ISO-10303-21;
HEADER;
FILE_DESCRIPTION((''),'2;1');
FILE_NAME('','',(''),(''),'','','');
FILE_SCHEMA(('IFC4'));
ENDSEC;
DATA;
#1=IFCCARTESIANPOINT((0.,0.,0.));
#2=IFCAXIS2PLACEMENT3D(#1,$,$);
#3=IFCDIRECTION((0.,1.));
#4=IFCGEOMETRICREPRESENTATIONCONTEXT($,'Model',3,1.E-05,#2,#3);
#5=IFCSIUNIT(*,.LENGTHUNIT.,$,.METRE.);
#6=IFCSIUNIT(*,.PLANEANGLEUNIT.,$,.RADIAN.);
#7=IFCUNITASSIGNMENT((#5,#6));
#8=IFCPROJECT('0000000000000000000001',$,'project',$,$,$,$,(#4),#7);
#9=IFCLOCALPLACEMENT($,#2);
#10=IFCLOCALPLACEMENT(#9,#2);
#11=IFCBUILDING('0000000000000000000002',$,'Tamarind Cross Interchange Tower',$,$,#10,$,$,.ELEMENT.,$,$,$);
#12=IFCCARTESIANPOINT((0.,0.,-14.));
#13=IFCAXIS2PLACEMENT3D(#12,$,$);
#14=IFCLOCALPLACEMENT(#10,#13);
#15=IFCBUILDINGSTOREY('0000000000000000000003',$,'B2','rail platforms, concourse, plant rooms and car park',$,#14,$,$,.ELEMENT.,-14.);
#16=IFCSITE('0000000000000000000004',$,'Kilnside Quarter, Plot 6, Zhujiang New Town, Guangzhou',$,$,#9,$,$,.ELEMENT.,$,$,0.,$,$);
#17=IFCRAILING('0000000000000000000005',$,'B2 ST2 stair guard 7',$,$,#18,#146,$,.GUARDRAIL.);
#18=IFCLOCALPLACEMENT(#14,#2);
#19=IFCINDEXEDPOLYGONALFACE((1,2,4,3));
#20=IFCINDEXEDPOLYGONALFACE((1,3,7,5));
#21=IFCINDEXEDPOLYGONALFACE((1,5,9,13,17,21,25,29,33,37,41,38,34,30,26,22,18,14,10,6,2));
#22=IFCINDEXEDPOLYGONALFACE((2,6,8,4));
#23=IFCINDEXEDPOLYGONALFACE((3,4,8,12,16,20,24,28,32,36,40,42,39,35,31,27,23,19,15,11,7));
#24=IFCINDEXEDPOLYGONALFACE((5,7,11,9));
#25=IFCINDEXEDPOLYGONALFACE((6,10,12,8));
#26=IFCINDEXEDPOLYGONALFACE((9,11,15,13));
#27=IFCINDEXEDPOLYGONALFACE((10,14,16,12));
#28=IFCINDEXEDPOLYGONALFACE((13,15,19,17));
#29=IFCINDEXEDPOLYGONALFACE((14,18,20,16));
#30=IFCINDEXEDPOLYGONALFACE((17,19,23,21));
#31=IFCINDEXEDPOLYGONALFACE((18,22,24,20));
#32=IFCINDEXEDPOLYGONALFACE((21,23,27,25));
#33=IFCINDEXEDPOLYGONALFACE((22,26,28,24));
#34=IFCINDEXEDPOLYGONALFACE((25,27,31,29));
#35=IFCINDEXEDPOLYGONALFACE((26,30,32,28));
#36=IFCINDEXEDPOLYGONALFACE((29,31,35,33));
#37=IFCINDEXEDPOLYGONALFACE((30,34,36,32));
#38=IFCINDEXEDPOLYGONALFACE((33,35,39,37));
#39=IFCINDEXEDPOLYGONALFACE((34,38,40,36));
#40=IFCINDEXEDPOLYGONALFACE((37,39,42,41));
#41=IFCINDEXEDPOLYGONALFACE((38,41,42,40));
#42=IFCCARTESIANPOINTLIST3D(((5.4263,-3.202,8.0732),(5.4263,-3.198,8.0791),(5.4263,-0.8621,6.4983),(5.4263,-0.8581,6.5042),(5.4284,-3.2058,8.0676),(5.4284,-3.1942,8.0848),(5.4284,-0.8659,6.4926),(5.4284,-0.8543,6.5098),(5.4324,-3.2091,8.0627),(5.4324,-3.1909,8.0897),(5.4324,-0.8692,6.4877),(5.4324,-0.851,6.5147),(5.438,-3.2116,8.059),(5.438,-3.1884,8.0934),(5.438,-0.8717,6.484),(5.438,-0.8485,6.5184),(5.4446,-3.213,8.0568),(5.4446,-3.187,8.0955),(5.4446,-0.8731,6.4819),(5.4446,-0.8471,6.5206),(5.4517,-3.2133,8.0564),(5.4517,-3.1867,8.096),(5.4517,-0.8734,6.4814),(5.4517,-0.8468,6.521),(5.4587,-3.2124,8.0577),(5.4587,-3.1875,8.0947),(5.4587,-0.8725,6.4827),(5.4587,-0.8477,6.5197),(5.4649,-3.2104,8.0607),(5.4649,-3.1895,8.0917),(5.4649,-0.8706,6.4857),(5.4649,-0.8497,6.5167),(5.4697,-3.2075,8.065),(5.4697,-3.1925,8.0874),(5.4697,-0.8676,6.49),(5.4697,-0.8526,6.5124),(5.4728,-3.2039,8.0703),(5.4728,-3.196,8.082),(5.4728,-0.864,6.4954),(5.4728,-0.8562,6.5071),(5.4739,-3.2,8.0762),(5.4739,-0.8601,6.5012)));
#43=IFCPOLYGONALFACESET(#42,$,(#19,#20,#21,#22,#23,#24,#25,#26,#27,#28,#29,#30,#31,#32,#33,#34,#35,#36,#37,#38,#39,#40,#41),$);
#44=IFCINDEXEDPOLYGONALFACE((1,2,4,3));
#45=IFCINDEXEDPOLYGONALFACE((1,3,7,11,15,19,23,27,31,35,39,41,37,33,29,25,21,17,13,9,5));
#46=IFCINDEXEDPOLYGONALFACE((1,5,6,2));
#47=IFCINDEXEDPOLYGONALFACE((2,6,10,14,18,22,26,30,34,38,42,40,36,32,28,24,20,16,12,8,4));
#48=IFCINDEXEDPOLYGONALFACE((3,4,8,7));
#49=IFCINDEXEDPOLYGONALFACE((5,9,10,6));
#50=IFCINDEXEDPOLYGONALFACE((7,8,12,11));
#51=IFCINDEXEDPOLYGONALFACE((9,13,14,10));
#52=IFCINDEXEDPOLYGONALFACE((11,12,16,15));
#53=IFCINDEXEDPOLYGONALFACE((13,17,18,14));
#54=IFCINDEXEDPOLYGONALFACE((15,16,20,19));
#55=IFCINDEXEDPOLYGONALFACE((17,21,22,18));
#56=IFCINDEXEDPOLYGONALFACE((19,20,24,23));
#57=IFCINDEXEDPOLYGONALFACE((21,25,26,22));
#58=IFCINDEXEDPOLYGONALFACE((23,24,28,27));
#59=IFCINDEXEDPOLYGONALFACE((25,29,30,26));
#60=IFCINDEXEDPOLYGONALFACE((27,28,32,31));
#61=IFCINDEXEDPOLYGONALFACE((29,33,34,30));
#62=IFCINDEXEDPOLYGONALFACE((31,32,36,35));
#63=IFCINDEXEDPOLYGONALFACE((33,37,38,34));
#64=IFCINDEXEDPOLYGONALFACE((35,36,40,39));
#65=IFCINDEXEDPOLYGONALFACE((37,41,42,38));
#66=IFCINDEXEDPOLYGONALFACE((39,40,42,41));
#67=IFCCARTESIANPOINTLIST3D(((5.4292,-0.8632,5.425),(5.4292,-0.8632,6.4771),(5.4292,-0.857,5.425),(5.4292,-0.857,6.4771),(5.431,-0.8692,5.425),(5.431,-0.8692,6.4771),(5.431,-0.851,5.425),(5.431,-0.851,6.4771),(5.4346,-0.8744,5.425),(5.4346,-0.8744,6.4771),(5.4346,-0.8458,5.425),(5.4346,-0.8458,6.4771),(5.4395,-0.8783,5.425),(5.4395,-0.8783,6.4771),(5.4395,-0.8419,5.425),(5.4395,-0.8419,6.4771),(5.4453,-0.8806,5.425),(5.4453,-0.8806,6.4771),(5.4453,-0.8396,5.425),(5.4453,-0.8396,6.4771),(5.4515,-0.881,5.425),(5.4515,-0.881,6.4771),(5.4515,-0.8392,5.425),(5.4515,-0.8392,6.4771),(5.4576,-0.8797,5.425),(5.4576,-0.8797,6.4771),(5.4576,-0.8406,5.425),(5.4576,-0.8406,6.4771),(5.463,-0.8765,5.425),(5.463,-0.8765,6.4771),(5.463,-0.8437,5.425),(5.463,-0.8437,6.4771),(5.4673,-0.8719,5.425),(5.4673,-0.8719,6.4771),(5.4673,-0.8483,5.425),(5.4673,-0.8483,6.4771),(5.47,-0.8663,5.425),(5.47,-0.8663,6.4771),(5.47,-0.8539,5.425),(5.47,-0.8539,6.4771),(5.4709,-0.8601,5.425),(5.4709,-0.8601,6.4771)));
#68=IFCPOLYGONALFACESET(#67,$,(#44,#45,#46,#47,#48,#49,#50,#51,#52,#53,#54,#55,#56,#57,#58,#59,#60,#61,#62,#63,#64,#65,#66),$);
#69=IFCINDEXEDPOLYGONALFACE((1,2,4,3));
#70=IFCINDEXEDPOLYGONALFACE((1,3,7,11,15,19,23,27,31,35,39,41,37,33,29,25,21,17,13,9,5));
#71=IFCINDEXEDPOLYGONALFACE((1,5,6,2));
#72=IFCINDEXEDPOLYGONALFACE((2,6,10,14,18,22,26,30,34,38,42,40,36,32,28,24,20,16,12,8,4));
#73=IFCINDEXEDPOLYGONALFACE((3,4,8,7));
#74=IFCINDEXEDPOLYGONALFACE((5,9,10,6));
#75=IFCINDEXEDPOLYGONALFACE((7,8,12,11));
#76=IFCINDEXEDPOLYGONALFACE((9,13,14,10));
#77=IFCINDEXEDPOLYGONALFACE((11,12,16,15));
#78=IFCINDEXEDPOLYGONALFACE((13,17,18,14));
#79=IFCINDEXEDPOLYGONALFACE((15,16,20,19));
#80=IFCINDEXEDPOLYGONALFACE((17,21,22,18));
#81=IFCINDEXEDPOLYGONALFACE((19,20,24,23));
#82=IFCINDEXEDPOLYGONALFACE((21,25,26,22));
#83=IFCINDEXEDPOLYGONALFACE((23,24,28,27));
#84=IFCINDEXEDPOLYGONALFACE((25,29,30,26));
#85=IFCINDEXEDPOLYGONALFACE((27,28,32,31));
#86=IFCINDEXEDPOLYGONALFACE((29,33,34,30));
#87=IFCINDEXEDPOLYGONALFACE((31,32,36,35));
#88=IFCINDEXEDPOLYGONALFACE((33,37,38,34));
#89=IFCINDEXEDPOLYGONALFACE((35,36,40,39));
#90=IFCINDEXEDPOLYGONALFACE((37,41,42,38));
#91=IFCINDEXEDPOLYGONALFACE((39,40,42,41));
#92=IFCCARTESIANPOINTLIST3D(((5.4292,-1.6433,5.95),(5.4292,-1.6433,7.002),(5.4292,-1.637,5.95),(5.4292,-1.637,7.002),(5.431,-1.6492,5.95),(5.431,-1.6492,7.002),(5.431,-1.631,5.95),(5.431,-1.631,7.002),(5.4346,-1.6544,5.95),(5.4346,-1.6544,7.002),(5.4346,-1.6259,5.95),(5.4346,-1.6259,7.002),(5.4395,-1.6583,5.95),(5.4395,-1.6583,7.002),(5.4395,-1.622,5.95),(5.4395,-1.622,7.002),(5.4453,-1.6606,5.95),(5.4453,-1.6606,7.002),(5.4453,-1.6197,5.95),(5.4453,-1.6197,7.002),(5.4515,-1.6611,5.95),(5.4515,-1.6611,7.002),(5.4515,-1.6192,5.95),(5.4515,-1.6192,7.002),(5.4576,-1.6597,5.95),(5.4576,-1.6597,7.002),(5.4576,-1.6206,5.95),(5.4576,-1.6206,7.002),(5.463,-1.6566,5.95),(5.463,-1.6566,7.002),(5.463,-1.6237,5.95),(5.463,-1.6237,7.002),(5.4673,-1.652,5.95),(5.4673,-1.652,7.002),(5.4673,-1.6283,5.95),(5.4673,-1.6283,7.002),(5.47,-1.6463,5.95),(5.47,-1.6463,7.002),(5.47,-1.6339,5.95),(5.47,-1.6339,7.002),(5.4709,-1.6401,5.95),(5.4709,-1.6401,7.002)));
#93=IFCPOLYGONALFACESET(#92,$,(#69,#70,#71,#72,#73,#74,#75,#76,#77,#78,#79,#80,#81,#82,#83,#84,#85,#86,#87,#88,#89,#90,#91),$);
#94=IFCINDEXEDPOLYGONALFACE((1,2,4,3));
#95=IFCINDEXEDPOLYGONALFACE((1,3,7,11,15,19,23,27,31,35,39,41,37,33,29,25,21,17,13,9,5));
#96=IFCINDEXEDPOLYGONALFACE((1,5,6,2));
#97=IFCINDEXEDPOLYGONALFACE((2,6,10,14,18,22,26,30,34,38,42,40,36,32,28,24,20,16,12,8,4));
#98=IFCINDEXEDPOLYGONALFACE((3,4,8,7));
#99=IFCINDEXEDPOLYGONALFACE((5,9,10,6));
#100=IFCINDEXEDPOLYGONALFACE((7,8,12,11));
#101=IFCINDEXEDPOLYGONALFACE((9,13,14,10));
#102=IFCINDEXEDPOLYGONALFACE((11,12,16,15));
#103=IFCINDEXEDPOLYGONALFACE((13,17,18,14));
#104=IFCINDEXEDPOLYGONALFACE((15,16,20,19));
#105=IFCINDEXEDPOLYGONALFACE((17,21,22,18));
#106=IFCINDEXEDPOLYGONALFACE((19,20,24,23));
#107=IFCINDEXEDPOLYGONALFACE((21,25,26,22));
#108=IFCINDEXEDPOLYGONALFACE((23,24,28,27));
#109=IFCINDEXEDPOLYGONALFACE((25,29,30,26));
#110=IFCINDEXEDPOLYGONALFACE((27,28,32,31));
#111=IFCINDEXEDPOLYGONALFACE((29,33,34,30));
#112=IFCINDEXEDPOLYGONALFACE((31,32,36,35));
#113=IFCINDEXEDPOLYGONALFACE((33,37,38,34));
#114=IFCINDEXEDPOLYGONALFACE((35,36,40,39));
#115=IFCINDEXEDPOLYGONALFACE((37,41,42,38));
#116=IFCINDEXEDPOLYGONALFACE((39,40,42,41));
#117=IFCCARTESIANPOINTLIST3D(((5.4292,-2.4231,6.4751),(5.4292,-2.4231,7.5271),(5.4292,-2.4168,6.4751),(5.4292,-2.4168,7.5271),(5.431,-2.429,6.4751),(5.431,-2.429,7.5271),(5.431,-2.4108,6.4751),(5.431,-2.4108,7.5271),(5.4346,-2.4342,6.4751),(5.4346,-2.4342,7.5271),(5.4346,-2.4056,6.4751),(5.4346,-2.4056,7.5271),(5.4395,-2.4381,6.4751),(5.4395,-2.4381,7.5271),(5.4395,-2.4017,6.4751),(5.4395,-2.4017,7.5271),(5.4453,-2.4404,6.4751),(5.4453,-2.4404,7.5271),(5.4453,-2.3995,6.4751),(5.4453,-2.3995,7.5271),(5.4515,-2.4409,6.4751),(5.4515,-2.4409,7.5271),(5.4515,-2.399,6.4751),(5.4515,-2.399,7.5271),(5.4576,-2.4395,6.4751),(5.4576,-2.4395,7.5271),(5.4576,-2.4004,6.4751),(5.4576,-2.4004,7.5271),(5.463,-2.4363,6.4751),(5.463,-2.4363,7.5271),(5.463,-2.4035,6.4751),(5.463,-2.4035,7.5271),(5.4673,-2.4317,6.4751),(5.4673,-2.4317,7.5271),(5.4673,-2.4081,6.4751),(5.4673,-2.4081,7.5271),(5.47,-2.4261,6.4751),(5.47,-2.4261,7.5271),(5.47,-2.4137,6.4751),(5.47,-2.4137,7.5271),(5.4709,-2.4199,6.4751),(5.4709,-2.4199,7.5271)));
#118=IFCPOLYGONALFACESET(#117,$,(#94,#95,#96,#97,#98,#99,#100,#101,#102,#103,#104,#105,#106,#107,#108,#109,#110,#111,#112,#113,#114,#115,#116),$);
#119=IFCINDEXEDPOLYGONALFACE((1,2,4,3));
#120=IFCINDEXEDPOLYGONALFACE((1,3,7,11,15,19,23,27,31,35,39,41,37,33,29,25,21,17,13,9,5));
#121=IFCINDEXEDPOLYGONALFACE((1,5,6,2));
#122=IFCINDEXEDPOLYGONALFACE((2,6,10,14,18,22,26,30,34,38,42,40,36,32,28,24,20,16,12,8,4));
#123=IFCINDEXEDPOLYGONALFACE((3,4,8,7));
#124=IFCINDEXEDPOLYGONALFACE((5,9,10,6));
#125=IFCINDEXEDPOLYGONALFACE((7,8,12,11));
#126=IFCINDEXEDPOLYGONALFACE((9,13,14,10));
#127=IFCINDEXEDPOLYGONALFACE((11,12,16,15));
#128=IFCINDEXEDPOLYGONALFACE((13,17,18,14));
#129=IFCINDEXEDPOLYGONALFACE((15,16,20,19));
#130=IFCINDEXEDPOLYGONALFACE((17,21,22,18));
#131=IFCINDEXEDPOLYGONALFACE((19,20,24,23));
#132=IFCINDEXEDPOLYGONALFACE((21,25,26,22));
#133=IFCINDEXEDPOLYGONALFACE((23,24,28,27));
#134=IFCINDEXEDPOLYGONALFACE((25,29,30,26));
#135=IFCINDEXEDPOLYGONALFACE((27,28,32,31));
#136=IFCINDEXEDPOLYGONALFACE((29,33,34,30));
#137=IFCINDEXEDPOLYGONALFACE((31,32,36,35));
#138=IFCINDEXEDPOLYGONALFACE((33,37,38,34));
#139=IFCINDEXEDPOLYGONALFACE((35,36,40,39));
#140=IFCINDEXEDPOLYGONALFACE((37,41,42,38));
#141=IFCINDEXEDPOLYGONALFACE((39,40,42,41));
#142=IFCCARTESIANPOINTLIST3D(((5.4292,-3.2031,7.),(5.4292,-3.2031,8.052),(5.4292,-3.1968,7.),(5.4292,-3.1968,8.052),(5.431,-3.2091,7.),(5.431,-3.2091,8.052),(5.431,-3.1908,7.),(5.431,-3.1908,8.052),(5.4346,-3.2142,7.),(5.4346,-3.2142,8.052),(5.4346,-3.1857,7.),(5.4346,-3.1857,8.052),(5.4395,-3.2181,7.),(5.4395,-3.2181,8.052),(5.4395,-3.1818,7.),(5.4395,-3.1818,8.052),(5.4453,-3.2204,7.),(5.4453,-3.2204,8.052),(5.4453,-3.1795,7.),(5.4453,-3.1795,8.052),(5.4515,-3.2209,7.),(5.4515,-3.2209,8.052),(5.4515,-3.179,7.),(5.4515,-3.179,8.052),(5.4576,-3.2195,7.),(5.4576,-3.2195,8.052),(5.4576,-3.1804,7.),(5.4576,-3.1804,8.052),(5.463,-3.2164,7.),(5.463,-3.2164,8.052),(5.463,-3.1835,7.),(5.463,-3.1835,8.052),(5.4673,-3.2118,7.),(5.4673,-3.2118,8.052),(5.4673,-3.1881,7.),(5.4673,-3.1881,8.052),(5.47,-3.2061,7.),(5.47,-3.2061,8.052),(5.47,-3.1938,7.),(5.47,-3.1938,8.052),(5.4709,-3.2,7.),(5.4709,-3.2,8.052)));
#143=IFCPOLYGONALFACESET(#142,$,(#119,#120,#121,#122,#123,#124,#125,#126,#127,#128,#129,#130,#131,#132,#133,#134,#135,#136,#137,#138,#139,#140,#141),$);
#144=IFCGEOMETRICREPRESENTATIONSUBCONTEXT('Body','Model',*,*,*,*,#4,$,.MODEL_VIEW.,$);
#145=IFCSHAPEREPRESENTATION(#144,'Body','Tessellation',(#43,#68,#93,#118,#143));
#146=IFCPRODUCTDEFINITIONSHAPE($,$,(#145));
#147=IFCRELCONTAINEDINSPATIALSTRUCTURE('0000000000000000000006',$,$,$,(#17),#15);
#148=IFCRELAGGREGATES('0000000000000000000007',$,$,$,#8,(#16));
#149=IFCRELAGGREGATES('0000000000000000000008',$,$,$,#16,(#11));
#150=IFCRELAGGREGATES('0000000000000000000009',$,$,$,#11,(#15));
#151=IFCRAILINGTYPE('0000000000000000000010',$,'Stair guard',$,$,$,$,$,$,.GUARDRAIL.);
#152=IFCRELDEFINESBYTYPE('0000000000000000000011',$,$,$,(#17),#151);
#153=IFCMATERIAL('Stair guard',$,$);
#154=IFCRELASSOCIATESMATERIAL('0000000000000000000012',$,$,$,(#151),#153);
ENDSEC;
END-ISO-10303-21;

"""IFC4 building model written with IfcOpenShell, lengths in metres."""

from ifc_helpers import new_model, si_unit, direction, frame, origin, origin_2d, place, context, subcontext, project, spatial, circle, extrude, material, type_object, element, save


model = new_model("IFC4")

# Units and contexts
model_context = context("Model", 3, precision=1e-05, world=origin(), true_north=direction((0.0, 1.0)))
body_context = subcontext(model_context, "Body", "Model", "MODEL_VIEW")
ifc_project = project(units=[si_unit("LENGTHUNIT", "METRE"), si_unit("PLANEANGLEUNIT", "RADIAN")], contexts=[model_context])

# Site, building, storey
site_placement = place(None, origin())
site = spatial("IfcSite", under=ifc_project, at=site_placement, Name="Kilnside Quarter, Plot 6, Zhujiang New Town, Guangzhou", CompositionType="ELEMENT", RefElevation=0.0)
building_placement = place(site_placement, origin())
building = spatial("IfcBuilding", under=site, at=building_placement, Name="Tamarind Cross Interchange Tower", CompositionType="ELEMENT")
storey_placement = place(building_placement, frame((0.0, 0.0, -14.0)))
storey = spatial("IfcBuildingStorey", under=building, at=storey_placement, Name="B2", Description="rail platforms, concourse, plant rooms and car park", CompositionType="ELEMENT", Elevation=-14.0)

# Railing
ifc_material_1 = material(Name="Stair guard")
railing_type_1 = type_object("IfcRailingType", Name="Stair guard", PredefinedType="GUARDRAIL", material=ifc_material_1)
railing_1_placement = place(storey_placement, frame((5.45, -0.8601, 5.425)))
element("IfcRailing", 1, at=railing_1_placement, inside=storey, type_object=railing_type_1, Name="B2 ST2 stair guard 7", PredefinedType="GUARDRAIL", context=body_context, shape_type="SweptSolid", body=[
    extrude(circle(Radius=0.0239, at=origin_2d()), frame((0.0, 0.0, 1.0762), z_axis=(0.0, -0.829578, 0.55839), x_axis=(1.0, 0.0, 0.0)), (0.0, 0.0, 1.0), 2.8206),
    extrude(circle(Radius=0.021, at=origin_2d()), origin(), (0.0, 0.0, 1.0), 1.052),
    extrude(circle(Radius=0.021, at=origin_2d()), frame((0.0, -0.78, 0.5249)), (0.0, 0.0, 1.0), 1.052),
    extrude(circle(Radius=0.021, at=origin_2d()), frame((0.0, -1.5598, 1.05)), (0.0, 0.0, 1.0), 1.052),
    extrude(circle(Radius=0.021, at=origin_2d()), frame((0.0, -2.3398, 1.575)), (0.0, 0.0, 1.0), 1.052),
])

save(model, "model.ifc")
